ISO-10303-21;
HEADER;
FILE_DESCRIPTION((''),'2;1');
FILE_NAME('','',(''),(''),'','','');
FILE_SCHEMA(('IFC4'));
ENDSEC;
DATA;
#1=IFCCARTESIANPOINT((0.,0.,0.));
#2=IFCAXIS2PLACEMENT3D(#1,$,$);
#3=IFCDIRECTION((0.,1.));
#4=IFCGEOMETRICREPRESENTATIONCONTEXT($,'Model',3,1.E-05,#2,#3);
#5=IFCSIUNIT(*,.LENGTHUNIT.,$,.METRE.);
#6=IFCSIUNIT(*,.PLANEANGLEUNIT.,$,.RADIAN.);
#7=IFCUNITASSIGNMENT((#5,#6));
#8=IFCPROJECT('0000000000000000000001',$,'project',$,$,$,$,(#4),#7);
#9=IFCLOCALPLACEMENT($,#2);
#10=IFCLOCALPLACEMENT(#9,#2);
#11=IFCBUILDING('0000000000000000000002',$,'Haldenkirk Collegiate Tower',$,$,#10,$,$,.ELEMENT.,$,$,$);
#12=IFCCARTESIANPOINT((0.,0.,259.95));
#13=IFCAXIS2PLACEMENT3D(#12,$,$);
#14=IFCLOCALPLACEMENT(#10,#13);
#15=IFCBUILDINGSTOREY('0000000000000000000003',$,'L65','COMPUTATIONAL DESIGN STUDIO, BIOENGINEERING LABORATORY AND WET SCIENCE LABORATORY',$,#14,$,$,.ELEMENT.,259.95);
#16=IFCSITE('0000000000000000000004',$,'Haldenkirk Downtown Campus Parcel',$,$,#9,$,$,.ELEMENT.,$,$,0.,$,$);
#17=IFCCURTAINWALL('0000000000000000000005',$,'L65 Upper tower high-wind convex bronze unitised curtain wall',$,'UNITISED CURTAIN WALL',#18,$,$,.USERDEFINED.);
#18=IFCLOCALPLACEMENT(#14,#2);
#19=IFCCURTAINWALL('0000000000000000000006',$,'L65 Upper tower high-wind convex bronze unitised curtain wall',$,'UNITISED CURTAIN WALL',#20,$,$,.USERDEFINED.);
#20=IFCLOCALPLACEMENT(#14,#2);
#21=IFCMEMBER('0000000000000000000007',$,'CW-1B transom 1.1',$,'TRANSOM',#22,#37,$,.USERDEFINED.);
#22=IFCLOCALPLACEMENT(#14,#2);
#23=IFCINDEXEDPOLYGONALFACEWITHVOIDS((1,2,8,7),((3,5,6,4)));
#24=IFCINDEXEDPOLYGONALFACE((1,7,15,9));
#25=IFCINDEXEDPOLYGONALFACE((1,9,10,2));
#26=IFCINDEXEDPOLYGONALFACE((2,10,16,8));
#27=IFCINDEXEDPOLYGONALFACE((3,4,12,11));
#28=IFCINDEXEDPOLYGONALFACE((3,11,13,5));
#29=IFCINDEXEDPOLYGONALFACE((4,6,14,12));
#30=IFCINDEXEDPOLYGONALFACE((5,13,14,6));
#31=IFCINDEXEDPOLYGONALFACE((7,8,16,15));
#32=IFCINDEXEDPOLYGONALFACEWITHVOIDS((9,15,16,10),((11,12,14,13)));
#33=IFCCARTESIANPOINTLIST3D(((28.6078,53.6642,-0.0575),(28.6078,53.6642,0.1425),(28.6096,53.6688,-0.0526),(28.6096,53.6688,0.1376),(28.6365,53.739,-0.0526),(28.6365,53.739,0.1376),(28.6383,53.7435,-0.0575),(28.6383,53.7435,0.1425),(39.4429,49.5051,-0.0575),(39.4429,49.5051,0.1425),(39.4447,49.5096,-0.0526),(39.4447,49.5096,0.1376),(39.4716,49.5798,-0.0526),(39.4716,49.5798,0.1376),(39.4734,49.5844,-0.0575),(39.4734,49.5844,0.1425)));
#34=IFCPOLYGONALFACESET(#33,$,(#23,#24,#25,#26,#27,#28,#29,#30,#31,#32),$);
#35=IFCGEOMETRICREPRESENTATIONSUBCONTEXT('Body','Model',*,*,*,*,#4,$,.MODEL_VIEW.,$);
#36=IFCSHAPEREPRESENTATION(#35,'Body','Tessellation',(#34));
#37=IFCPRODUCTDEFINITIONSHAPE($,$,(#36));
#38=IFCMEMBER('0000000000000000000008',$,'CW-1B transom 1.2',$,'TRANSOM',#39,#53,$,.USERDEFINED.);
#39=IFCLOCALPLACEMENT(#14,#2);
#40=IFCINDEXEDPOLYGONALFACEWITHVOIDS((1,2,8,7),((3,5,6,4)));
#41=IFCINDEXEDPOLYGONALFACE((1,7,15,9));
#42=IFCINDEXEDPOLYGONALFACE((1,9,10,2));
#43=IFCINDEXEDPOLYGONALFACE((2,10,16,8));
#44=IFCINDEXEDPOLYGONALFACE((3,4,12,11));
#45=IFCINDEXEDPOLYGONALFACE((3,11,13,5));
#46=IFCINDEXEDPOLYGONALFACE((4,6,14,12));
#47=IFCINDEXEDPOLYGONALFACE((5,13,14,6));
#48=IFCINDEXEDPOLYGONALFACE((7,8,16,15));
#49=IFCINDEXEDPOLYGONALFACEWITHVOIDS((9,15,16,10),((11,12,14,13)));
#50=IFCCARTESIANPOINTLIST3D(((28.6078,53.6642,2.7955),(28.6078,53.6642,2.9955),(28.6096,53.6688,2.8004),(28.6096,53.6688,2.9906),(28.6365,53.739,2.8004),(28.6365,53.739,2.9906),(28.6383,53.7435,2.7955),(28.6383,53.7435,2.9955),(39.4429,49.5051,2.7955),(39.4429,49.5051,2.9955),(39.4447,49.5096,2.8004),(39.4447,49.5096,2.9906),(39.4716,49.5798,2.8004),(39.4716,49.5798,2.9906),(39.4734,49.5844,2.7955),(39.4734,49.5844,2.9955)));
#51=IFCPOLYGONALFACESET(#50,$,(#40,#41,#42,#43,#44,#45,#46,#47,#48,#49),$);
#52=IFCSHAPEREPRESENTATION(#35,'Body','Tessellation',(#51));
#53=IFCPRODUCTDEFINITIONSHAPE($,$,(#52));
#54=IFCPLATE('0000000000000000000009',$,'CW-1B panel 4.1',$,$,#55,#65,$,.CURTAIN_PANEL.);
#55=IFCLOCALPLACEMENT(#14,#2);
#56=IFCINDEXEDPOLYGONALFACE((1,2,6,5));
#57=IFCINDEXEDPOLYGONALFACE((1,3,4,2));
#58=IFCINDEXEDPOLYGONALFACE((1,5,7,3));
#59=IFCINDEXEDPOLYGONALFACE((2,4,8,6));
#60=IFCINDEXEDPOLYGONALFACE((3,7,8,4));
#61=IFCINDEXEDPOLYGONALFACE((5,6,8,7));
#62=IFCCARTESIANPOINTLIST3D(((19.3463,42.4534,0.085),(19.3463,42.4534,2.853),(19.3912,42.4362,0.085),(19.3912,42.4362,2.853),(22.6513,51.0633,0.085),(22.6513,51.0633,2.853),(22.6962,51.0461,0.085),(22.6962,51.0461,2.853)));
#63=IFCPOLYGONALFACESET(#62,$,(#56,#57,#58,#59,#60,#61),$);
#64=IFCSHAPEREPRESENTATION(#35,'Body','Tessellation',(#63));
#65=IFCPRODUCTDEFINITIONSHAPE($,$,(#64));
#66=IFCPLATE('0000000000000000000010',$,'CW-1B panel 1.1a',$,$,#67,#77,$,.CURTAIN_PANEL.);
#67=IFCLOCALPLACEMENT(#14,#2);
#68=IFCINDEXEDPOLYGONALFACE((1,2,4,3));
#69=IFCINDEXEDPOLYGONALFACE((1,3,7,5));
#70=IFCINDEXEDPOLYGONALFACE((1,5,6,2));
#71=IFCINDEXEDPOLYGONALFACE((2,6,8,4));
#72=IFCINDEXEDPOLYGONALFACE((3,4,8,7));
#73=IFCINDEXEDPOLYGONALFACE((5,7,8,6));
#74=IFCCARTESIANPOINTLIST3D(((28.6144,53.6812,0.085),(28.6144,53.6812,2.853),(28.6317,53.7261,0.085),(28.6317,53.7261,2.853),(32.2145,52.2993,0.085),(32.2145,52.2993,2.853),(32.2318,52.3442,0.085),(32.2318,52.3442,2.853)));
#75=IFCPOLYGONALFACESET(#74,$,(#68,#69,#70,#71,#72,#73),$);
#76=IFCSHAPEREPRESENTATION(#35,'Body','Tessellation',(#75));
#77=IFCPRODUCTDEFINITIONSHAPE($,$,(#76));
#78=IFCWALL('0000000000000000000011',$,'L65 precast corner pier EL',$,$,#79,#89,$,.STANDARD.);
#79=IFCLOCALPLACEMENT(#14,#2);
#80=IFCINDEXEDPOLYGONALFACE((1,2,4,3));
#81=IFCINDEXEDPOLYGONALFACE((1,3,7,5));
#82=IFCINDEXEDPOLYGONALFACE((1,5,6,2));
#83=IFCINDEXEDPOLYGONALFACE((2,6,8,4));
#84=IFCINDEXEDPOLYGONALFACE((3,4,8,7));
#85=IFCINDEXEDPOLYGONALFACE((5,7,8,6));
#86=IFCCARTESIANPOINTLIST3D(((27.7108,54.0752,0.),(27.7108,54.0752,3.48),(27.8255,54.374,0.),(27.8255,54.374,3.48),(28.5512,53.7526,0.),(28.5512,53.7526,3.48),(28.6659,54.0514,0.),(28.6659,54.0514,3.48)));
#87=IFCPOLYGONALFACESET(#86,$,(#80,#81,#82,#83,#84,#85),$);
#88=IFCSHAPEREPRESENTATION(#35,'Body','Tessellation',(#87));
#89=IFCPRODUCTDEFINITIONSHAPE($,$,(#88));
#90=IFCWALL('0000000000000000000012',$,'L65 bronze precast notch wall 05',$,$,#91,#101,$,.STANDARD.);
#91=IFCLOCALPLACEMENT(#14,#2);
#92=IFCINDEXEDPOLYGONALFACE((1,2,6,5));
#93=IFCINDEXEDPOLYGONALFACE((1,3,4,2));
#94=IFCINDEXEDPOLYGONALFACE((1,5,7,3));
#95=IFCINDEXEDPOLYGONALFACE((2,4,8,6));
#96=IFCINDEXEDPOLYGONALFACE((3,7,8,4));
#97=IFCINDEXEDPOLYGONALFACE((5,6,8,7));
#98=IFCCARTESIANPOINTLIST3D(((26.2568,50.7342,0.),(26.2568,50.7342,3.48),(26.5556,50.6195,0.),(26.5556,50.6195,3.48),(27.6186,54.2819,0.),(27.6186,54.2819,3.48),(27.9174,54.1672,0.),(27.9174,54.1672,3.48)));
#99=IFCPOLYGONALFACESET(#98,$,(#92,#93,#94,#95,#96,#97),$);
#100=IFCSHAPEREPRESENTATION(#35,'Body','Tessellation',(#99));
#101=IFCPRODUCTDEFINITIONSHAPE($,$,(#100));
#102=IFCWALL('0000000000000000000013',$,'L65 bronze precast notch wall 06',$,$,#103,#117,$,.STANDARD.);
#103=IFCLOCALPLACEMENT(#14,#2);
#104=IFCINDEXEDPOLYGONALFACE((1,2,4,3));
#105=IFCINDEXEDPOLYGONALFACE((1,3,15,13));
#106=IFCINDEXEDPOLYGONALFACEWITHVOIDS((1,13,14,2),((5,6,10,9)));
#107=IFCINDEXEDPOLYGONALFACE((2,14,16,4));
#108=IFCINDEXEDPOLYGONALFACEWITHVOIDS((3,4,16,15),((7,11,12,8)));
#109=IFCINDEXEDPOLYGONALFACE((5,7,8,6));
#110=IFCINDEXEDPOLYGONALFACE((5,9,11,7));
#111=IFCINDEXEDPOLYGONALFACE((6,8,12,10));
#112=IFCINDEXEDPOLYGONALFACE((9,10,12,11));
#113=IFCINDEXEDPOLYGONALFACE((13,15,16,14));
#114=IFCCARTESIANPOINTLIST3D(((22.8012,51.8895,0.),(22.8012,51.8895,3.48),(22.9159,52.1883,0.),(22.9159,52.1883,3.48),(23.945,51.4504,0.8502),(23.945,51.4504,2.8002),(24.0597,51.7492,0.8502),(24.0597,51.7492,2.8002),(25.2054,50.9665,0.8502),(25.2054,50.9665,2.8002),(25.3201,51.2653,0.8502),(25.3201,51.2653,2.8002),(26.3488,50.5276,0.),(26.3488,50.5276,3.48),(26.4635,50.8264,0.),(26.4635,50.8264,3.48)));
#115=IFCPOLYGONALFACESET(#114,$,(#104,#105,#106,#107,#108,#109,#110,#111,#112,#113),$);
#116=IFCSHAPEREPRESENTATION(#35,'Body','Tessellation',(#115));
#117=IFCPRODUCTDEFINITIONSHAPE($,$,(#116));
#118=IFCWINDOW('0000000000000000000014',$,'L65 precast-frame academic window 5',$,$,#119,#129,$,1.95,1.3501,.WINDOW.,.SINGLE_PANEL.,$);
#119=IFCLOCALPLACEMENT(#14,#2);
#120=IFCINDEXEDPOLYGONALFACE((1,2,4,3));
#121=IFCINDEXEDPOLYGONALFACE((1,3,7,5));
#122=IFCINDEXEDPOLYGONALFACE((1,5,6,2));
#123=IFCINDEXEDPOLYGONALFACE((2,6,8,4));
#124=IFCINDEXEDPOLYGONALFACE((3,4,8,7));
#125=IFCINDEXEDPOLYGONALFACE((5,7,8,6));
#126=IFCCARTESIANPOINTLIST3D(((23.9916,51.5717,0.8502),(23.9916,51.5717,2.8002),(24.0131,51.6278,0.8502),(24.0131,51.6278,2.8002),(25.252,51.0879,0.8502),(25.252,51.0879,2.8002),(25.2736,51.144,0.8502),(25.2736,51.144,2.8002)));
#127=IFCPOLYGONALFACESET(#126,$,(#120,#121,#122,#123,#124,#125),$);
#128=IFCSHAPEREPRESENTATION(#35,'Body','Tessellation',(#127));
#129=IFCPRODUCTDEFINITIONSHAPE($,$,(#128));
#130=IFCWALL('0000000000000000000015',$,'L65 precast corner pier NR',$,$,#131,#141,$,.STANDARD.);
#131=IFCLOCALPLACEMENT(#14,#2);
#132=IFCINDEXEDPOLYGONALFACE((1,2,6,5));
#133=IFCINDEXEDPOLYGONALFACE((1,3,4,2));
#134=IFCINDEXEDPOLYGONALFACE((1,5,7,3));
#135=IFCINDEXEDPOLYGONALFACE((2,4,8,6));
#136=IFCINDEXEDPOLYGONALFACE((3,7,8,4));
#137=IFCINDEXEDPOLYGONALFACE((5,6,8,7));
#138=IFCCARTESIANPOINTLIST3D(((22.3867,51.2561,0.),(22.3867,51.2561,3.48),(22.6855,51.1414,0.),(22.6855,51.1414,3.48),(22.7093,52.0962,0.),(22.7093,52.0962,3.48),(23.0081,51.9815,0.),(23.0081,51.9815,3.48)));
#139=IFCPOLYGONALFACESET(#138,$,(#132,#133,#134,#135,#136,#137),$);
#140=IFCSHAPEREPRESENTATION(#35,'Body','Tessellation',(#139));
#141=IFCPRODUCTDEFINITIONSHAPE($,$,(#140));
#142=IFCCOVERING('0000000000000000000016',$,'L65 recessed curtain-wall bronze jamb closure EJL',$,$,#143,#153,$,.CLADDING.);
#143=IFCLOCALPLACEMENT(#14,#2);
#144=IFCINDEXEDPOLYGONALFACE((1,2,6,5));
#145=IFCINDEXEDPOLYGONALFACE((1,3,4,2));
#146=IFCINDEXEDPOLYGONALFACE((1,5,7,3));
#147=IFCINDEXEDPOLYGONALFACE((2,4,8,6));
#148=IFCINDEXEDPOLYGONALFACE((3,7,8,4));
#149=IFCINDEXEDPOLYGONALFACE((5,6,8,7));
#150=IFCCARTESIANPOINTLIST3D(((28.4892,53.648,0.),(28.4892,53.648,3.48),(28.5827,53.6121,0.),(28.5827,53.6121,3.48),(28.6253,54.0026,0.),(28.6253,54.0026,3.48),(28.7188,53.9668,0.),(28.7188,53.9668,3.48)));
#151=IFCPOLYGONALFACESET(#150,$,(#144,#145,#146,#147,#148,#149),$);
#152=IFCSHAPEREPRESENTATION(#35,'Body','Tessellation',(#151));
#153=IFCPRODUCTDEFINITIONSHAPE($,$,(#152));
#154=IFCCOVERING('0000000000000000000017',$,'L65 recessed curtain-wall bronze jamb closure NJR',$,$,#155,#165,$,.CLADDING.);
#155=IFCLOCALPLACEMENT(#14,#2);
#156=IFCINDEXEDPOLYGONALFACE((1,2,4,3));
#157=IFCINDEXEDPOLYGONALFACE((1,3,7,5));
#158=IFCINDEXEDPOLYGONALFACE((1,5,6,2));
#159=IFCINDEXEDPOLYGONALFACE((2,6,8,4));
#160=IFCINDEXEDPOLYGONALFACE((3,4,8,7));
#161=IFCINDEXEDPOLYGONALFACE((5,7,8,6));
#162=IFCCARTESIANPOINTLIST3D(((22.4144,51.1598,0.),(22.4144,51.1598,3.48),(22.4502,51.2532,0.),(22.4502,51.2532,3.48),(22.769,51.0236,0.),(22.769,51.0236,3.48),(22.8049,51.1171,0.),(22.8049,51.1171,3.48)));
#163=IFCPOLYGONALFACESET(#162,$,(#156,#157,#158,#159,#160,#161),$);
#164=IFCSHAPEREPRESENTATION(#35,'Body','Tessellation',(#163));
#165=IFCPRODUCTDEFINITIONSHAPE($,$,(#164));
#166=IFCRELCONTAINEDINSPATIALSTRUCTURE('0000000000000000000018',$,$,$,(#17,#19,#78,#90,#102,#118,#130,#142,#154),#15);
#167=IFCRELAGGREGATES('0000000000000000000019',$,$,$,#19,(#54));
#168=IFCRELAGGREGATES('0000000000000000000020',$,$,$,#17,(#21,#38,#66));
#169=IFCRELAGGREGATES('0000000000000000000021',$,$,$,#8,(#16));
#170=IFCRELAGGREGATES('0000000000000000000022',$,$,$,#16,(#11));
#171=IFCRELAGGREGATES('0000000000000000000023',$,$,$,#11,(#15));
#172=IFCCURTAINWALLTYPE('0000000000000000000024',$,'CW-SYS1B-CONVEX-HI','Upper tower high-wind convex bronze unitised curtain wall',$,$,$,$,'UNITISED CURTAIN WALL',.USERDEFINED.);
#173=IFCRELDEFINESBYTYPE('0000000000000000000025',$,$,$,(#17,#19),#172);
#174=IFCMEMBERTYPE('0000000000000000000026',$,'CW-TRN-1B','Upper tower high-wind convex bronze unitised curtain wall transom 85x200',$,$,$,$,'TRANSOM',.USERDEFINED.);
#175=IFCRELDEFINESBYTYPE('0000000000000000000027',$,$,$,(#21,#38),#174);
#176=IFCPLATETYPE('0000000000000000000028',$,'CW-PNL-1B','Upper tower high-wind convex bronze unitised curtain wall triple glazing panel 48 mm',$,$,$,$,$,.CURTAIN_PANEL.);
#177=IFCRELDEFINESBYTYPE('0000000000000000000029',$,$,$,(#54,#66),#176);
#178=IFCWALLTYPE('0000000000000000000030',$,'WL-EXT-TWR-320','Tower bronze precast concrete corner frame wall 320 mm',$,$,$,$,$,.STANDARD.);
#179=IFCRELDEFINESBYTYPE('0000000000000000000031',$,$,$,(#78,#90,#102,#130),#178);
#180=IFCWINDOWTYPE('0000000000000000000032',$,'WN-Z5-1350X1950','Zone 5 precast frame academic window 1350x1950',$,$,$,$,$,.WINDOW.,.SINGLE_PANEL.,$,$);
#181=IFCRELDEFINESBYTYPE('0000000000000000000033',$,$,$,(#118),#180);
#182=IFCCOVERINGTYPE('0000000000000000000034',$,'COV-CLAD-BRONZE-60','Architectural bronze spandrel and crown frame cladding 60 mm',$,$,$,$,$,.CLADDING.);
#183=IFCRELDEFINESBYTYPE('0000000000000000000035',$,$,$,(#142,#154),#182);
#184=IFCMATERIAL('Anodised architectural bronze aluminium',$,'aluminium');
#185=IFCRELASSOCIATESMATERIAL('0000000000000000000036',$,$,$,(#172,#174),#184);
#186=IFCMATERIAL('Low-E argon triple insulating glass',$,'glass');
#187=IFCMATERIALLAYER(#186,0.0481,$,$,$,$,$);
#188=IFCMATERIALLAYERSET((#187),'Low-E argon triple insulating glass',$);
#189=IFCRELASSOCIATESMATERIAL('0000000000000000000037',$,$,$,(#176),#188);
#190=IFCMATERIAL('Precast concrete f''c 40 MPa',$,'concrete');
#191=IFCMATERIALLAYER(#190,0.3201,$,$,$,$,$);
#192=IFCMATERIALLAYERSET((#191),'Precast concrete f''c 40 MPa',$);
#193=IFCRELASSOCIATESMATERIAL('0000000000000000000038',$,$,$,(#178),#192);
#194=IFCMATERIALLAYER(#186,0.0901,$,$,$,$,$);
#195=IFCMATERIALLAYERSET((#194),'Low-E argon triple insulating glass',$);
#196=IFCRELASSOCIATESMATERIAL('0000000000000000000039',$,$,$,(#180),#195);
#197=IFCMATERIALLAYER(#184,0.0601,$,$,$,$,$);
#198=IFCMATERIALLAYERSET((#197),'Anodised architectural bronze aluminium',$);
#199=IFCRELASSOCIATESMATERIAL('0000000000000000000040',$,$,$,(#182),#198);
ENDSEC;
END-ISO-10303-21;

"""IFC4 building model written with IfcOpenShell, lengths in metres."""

from ifc_helpers import new_model, si_unit, direction, frame, frame_2d, origin, origin_2d, place, context, subcontext, project, spatial, rectangle, hollow_rectangle, extrude, source, transform, mapped, material, layer, layer_set, material_profile, profile_set, type_object, element, fill, aggregate, save


model = new_model("IFC4")

# Units and contexts
model_context = context("Model", 3, precision=1e-05, world=origin(), true_north=direction((0.0, 1.0)))
body_context = subcontext(model_context, "Body", "Model", "MODEL_VIEW")
ifc_project = project(units=[si_unit("LENGTHUNIT", "METRE"), si_unit("PLANEANGLEUNIT", "RADIAN")], contexts=[model_context])

# Site, building, storey
site_placement = place(None, origin())
site = spatial("IfcSite", under=ifc_project, at=site_placement, Name="Haldenkirk Downtown Campus Parcel", CompositionType="ELEMENT", RefElevation=0.0)
building_placement = place(site_placement, origin())
building = spatial("IfcBuilding", under=site, at=building_placement, Name="Haldenkirk Collegiate Tower", CompositionType="ELEMENT")
storey_placement = place(building_placement, frame((0.0, 0.0, 259.95)))
storey = spatial("IfcBuildingStorey", under=building, at=storey_placement, Name="L65", Description="COMPUTATIONAL DESIGN STUDIO, BIOENGINEERING LABORATORY AND WET SCIENCE LABORATORY", CompositionType="ELEMENT", Elevation=259.95)

# Curtain walls
ifc_material_1 = material(Name="Anodised architectural bronze aluminium", Category="aluminium")
curtain_wall_type = type_object("IfcCurtainWallType", Name="CW-SYS1B-CONVEX-HI", Description="Upper tower high-wind convex bronze unitised curtain wall", ElementType="UNITISED CURTAIN WALL", PredefinedType="USERDEFINED", material=ifc_material_1)
curtain_wall_1_placement = place(storey_placement, origin())
curtain_wall_1 = element("IfcCurtainWall", 1, at=curtain_wall_1_placement, inside=storey, type_object=curtain_wall_type, Name="L65 Upper tower high-wind convex bronze unitised curtain wall", ObjectType="UNITISED CURTAIN WALL", PredefinedType="USERDEFINED")
curtain_wall_2_placement = place(storey_placement, origin())
curtain_wall_2 = element("IfcCurtainWall", 2, at=curtain_wall_2_placement, inside=storey, type_object=curtain_wall_type, Name="L65 Upper tower high-wind convex bronze unitised curtain wall", ObjectType="UNITISED CURTAIN WALL", PredefinedType="USERDEFINED")

# Members
ifc_material_profile_1 = material_profile(ifc_material_1, hollow_rectangle(XDim=0.085, YDim=0.2, WallThickness=0.0049, at=origin_2d()), Name="CW-TRN-1B")
ifc_profile_set_1 = profile_set([ifc_material_profile_1], Name="Anodised architectural bronze aluminium")
member_type_1 = type_object("IfcMemberType", Name="CW-TRN-1B", Description="Upper tower high-wind convex bronze unitised curtain wall transom 85x200", ElementType="TRANSOM", PredefinedType="USERDEFINED", material=ifc_profile_set_1)
member_1_placement = place(storey_placement, frame((28.623, 53.7039, 0.0425), z_axis=(0.933582, -0.358363, 0.0), x_axis=(0.358363, 0.933582, 0.0)))
member_1 = element("IfcMember", 3, at=member_1_placement, type_object=member_type_1, Name="CW-1B transom 1.1", ObjectType="TRANSOM", PredefinedType="USERDEFINED", context=body_context, shape_type="SweptSolid", body=[
    extrude(hollow_rectangle(XDim=0.085, YDim=0.2, WallThickness=0.0049, at=origin_2d()), origin(), (0.0, 0.0, 1.0), 11.606),
])
member_2_placement = place(storey_placement, frame((28.623, 53.7039, 2.8955), z_axis=(0.933582, -0.358363, 0.0), x_axis=(0.358363, 0.933582, 0.0)))
member_2 = element("IfcMember", 4, at=member_2_placement, type_object=member_type_1, Name="CW-1B transom 1.2", ObjectType="TRANSOM", PredefinedType="USERDEFINED", context=body_context, shape_type="SweptSolid", body=[
    extrude(hollow_rectangle(XDim=0.085, YDim=0.2, WallThickness=0.0049, at=origin_2d()), origin(), (0.0, 0.0, 1.0), 11.606),
])

# Plates
ifc_material_2 = material(Name="Low-E argon triple insulating glass", Category="glass")
ifc_layer_1 = layer(ifc_material_2, 0.0481)
ifc_layer_set_1 = layer_set([ifc_layer_1], Name="Low-E argon triple insulating glass")
plate_type = type_object("IfcPlateType", Name="CW-PNL-1B", Description="Upper tower high-wind convex bronze unitised curtain wall triple glazing panel 48 mm", PredefinedType="CURTAIN_PANEL", material=ifc_layer_set_1)
shared_shape_1 = source(origin(), body_context, "Body", "SweptSolid", [
    extrude(rectangle(XDim=9.2224, YDim=0.0481, at=origin_2d()), origin(), (0.0, 0.0, 1.0), 2.7681),
])
plate_1_placement = place(storey_placement, frame((21.0212, 46.7498, 0.085), z_axis=(0.0, 0.0, 1.0), x_axis=(0.358369, 0.93358, 0.0)))
plate_1 = element("IfcPlate", 5, at=plate_1_placement, type_object=plate_type, Name="CW-1B panel 4.1", PredefinedType="CURTAIN_PANEL", context=body_context, shape_type="MappedRepresentation", body=[
    mapped(shared_shape_1, transform((0.0, 0.0, 0.0), x_axis=(1.0, 0.0, 0.0), y_axis=(0.0, 1.0, 0.0), z_axis=(0.0, 0.0, 1.0), scale=1.0)),
])
aggregate(curtain_wall_2, [plate_1])
shared_shape_2 = source(origin(), body_context, "Body", "SweptSolid", [
    extrude(rectangle(XDim=3.8562, YDim=0.0481, at=origin_2d()), origin(), (0.0, 0.0, 1.0), 2.7681),
])
plate_2_placement = place(storey_placement, frame((30.4231, 53.0127, 0.085), z_axis=(0.0, 0.0, 1.0), x_axis=(0.93358, -0.358368, 0.0)))
plate_2 = element("IfcPlate", 6, at=plate_2_placement, type_object=plate_type, Name="CW-1B panel 1.1a", PredefinedType="CURTAIN_PANEL", context=body_context, shape_type="MappedRepresentation", body=[
    mapped(shared_shape_2, transform((0.0, 0.0, 0.0), x_axis=(1.0, 0.0, 0.0), y_axis=(0.0, 1.0, 0.0), z_axis=(0.0, 0.0, 1.0), scale=1.0)),
])
aggregate(curtain_wall_1, [member_1, member_2, plate_2])

# Walls
ifc_material_3 = material(Name="Precast concrete f'c 40 MPa", Category="concrete")
ifc_layer_2 = layer(ifc_material_3, 0.3201)
ifc_layer_set_2 = layer_set([ifc_layer_2], Name="Precast concrete f'c 40 MPa")
wall_type = type_object("IfcWallType", Name="WL-EXT-TWR-320", Description="Tower bronze precast concrete corner frame wall 320 mm", PredefinedType="STANDARD", material=ifc_layer_set_2)
wall_1_placement = place(storey_placement, frame((27.7681, 54.2246, 0.0), z_axis=(0.0, 0.0, 1.0), x_axis=(0.933604, -0.358306, 0.0)))
element("IfcWall", 7, at=wall_1_placement, inside=storey, type_object=wall_type, Name="L65 precast corner pier EL", PredefinedType="STANDARD", context=body_context, shape_type="SweptSolid", body=[
    extrude(rectangle(XDim=0.9001, YDim=0.3201, at=frame_2d((0.4502, 0.0))), origin(), (0.0, 0.0, 1.0), 3.48),
])
wall_2_placement = place(storey_placement, frame((26.4062, 50.677, 0.0), z_axis=(0.0, 0.0, 1.0), x_axis=(0.358372, 0.933579, 0.0)))
element("IfcWall", 8, at=wall_2_placement, inside=storey, type_object=wall_type, Name="L65 bronze precast notch wall 05", PredefinedType="STANDARD", context=body_context, shape_type="SweptSolid", body=[
    extrude(rectangle(XDim=3.8, YDim=0.3201, at=frame_2d((1.8999, 0.0))), origin(), (0.0, 0.0, 1.0), 3.48),
])

# Wall, opening, window
wall_3_placement = place(storey_placement, frame((22.8586, 52.0388, 0.0), z_axis=(0.0, 0.0, 1.0), x_axis=(0.933579, -0.358372, 0.0)))
wall_3 = element("IfcWall", 9, at=wall_3_placement, inside=storey, type_object=wall_type, Name="L65 bronze precast notch wall 06", PredefinedType="STANDARD", context=body_context, shape_type="SweptSolid", body=[
    extrude(rectangle(XDim=3.8, YDim=0.3201, at=frame_2d((1.8999, 0.0))), origin(), (0.0, 0.0, 1.0), 3.48),
])
opening_placement = place(wall_3_placement, frame((1.2251, 0.0, 0.8501)))
opening = element("IfcOpeningElement", 10, at=opening_placement, cuts=wall_3, PredefinedType="OPENING", context=body_context, shape_type="SweptSolid", body=[
    extrude(rectangle(XDim=1.3501, YDim=1.95, at=frame_2d((0.675, 0.9751))), frame((0.0, 0.1699, 0.0), z_axis=(0.0, -1.0, 0.0), x_axis=(1.0, 0.0, 0.0)), (0.0, 0.0, 1.0), 0.3401),
])
ifc_layer_3 = layer(ifc_material_2, 0.0901)
ifc_layer_set_3 = layer_set([ifc_layer_3], Name="Low-E argon triple insulating glass")
window_type = type_object("IfcWindowType", Name="WN-Z5-1350X1950", Description="Zone 5 precast frame academic window 1350x1950", PartitioningType="SINGLE_PANEL", PredefinedType="WINDOW", material=ifc_layer_set_3)
window_placement = place(opening_placement, origin())
window = element("IfcWindow", 11, at=window_placement, inside=storey, type_object=window_type, Name="L65 precast-frame academic window 5", OverallHeight=1.95, OverallWidth=1.3501, PartitioningType="SINGLE_PANEL", PredefinedType="WINDOW", context=body_context, shape_type="SweptSolid", body=[
    extrude(rectangle(XDim=1.3501, YDim=1.95, at=frame_2d((0.675, 0.9751))), frame((0.0, 0.03, 0.0), z_axis=(0.0, -1.0, 0.0), x_axis=(1.0, 0.0, 0.0)), (0.0, 0.0, 1.0), 0.0601),
])
fill(opening, window)

# Wall
wall_4_placement = place(storey_placement, frame((22.5361, 51.1987, 0.0), z_axis=(0.0, 0.0, 1.0), x_axis=(0.358397, 0.933569, 0.0)))
element("IfcWall", 12, at=wall_4_placement, inside=storey, type_object=wall_type, Name="L65 precast corner pier NR", PredefinedType="STANDARD", context=body_context, shape_type="SweptSolid", body=[
    extrude(rectangle(XDim=0.8999, YDim=0.3201, at=frame_2d((0.45, 0.0))), origin(), (0.0, 0.0, 1.0), 3.48),
])

# Coverings
ifc_layer_4 = layer(ifc_material_1, 0.0601)
ifc_layer_set_4 = layer_set([ifc_layer_4], Name="Anodised architectural bronze aluminium")
covering_type = type_object("IfcCoveringType", Name="COV-CLAD-BRONZE-60", Description="Architectural bronze spandrel and crown frame cladding 60 mm", PredefinedType="CLADDING", material=ifc_layer_set_4)
shared_shape_3 = source(origin(), body_context, "Body", "SweptSolid", [
    extrude(rectangle(XDim=0.1001, YDim=0.3799, at=origin_2d()), origin(), (0.0, 0.0, 1.0), 3.48),
])
for number, where, z_axis, x_axis, name in (
    (13, (28.604, 53.8074, 0.0), (0.0, 0.0, 1.0), (0.93358, -0.358368, 0.0), "L65 recessed curtain-wall bronze jamb closure EJL"),
    (14, (22.6096, 51.1384, 0.0), (0.0, 0.0, 1.0), (0.358368, 0.93358, 0.0), "L65 recessed curtain-wall bronze jamb closure NJR"),
):
    element("IfcCovering", number, at=place(storey_placement, frame(where, z_axis=z_axis, x_axis=x_axis)), inside=storey, type_object=covering_type, Name=name, PredefinedType="CLADDING", context=body_context, shape_type="MappedRepresentation", body=[
        mapped(shared_shape_3, transform((0.0, 0.0, 0.0), x_axis=(1.0, 0.0, 0.0), y_axis=(0.0, 1.0, 0.0), z_axis=(0.0, 0.0, 1.0), scale=1.0)),
    ])

save(model, "model.ifc")
